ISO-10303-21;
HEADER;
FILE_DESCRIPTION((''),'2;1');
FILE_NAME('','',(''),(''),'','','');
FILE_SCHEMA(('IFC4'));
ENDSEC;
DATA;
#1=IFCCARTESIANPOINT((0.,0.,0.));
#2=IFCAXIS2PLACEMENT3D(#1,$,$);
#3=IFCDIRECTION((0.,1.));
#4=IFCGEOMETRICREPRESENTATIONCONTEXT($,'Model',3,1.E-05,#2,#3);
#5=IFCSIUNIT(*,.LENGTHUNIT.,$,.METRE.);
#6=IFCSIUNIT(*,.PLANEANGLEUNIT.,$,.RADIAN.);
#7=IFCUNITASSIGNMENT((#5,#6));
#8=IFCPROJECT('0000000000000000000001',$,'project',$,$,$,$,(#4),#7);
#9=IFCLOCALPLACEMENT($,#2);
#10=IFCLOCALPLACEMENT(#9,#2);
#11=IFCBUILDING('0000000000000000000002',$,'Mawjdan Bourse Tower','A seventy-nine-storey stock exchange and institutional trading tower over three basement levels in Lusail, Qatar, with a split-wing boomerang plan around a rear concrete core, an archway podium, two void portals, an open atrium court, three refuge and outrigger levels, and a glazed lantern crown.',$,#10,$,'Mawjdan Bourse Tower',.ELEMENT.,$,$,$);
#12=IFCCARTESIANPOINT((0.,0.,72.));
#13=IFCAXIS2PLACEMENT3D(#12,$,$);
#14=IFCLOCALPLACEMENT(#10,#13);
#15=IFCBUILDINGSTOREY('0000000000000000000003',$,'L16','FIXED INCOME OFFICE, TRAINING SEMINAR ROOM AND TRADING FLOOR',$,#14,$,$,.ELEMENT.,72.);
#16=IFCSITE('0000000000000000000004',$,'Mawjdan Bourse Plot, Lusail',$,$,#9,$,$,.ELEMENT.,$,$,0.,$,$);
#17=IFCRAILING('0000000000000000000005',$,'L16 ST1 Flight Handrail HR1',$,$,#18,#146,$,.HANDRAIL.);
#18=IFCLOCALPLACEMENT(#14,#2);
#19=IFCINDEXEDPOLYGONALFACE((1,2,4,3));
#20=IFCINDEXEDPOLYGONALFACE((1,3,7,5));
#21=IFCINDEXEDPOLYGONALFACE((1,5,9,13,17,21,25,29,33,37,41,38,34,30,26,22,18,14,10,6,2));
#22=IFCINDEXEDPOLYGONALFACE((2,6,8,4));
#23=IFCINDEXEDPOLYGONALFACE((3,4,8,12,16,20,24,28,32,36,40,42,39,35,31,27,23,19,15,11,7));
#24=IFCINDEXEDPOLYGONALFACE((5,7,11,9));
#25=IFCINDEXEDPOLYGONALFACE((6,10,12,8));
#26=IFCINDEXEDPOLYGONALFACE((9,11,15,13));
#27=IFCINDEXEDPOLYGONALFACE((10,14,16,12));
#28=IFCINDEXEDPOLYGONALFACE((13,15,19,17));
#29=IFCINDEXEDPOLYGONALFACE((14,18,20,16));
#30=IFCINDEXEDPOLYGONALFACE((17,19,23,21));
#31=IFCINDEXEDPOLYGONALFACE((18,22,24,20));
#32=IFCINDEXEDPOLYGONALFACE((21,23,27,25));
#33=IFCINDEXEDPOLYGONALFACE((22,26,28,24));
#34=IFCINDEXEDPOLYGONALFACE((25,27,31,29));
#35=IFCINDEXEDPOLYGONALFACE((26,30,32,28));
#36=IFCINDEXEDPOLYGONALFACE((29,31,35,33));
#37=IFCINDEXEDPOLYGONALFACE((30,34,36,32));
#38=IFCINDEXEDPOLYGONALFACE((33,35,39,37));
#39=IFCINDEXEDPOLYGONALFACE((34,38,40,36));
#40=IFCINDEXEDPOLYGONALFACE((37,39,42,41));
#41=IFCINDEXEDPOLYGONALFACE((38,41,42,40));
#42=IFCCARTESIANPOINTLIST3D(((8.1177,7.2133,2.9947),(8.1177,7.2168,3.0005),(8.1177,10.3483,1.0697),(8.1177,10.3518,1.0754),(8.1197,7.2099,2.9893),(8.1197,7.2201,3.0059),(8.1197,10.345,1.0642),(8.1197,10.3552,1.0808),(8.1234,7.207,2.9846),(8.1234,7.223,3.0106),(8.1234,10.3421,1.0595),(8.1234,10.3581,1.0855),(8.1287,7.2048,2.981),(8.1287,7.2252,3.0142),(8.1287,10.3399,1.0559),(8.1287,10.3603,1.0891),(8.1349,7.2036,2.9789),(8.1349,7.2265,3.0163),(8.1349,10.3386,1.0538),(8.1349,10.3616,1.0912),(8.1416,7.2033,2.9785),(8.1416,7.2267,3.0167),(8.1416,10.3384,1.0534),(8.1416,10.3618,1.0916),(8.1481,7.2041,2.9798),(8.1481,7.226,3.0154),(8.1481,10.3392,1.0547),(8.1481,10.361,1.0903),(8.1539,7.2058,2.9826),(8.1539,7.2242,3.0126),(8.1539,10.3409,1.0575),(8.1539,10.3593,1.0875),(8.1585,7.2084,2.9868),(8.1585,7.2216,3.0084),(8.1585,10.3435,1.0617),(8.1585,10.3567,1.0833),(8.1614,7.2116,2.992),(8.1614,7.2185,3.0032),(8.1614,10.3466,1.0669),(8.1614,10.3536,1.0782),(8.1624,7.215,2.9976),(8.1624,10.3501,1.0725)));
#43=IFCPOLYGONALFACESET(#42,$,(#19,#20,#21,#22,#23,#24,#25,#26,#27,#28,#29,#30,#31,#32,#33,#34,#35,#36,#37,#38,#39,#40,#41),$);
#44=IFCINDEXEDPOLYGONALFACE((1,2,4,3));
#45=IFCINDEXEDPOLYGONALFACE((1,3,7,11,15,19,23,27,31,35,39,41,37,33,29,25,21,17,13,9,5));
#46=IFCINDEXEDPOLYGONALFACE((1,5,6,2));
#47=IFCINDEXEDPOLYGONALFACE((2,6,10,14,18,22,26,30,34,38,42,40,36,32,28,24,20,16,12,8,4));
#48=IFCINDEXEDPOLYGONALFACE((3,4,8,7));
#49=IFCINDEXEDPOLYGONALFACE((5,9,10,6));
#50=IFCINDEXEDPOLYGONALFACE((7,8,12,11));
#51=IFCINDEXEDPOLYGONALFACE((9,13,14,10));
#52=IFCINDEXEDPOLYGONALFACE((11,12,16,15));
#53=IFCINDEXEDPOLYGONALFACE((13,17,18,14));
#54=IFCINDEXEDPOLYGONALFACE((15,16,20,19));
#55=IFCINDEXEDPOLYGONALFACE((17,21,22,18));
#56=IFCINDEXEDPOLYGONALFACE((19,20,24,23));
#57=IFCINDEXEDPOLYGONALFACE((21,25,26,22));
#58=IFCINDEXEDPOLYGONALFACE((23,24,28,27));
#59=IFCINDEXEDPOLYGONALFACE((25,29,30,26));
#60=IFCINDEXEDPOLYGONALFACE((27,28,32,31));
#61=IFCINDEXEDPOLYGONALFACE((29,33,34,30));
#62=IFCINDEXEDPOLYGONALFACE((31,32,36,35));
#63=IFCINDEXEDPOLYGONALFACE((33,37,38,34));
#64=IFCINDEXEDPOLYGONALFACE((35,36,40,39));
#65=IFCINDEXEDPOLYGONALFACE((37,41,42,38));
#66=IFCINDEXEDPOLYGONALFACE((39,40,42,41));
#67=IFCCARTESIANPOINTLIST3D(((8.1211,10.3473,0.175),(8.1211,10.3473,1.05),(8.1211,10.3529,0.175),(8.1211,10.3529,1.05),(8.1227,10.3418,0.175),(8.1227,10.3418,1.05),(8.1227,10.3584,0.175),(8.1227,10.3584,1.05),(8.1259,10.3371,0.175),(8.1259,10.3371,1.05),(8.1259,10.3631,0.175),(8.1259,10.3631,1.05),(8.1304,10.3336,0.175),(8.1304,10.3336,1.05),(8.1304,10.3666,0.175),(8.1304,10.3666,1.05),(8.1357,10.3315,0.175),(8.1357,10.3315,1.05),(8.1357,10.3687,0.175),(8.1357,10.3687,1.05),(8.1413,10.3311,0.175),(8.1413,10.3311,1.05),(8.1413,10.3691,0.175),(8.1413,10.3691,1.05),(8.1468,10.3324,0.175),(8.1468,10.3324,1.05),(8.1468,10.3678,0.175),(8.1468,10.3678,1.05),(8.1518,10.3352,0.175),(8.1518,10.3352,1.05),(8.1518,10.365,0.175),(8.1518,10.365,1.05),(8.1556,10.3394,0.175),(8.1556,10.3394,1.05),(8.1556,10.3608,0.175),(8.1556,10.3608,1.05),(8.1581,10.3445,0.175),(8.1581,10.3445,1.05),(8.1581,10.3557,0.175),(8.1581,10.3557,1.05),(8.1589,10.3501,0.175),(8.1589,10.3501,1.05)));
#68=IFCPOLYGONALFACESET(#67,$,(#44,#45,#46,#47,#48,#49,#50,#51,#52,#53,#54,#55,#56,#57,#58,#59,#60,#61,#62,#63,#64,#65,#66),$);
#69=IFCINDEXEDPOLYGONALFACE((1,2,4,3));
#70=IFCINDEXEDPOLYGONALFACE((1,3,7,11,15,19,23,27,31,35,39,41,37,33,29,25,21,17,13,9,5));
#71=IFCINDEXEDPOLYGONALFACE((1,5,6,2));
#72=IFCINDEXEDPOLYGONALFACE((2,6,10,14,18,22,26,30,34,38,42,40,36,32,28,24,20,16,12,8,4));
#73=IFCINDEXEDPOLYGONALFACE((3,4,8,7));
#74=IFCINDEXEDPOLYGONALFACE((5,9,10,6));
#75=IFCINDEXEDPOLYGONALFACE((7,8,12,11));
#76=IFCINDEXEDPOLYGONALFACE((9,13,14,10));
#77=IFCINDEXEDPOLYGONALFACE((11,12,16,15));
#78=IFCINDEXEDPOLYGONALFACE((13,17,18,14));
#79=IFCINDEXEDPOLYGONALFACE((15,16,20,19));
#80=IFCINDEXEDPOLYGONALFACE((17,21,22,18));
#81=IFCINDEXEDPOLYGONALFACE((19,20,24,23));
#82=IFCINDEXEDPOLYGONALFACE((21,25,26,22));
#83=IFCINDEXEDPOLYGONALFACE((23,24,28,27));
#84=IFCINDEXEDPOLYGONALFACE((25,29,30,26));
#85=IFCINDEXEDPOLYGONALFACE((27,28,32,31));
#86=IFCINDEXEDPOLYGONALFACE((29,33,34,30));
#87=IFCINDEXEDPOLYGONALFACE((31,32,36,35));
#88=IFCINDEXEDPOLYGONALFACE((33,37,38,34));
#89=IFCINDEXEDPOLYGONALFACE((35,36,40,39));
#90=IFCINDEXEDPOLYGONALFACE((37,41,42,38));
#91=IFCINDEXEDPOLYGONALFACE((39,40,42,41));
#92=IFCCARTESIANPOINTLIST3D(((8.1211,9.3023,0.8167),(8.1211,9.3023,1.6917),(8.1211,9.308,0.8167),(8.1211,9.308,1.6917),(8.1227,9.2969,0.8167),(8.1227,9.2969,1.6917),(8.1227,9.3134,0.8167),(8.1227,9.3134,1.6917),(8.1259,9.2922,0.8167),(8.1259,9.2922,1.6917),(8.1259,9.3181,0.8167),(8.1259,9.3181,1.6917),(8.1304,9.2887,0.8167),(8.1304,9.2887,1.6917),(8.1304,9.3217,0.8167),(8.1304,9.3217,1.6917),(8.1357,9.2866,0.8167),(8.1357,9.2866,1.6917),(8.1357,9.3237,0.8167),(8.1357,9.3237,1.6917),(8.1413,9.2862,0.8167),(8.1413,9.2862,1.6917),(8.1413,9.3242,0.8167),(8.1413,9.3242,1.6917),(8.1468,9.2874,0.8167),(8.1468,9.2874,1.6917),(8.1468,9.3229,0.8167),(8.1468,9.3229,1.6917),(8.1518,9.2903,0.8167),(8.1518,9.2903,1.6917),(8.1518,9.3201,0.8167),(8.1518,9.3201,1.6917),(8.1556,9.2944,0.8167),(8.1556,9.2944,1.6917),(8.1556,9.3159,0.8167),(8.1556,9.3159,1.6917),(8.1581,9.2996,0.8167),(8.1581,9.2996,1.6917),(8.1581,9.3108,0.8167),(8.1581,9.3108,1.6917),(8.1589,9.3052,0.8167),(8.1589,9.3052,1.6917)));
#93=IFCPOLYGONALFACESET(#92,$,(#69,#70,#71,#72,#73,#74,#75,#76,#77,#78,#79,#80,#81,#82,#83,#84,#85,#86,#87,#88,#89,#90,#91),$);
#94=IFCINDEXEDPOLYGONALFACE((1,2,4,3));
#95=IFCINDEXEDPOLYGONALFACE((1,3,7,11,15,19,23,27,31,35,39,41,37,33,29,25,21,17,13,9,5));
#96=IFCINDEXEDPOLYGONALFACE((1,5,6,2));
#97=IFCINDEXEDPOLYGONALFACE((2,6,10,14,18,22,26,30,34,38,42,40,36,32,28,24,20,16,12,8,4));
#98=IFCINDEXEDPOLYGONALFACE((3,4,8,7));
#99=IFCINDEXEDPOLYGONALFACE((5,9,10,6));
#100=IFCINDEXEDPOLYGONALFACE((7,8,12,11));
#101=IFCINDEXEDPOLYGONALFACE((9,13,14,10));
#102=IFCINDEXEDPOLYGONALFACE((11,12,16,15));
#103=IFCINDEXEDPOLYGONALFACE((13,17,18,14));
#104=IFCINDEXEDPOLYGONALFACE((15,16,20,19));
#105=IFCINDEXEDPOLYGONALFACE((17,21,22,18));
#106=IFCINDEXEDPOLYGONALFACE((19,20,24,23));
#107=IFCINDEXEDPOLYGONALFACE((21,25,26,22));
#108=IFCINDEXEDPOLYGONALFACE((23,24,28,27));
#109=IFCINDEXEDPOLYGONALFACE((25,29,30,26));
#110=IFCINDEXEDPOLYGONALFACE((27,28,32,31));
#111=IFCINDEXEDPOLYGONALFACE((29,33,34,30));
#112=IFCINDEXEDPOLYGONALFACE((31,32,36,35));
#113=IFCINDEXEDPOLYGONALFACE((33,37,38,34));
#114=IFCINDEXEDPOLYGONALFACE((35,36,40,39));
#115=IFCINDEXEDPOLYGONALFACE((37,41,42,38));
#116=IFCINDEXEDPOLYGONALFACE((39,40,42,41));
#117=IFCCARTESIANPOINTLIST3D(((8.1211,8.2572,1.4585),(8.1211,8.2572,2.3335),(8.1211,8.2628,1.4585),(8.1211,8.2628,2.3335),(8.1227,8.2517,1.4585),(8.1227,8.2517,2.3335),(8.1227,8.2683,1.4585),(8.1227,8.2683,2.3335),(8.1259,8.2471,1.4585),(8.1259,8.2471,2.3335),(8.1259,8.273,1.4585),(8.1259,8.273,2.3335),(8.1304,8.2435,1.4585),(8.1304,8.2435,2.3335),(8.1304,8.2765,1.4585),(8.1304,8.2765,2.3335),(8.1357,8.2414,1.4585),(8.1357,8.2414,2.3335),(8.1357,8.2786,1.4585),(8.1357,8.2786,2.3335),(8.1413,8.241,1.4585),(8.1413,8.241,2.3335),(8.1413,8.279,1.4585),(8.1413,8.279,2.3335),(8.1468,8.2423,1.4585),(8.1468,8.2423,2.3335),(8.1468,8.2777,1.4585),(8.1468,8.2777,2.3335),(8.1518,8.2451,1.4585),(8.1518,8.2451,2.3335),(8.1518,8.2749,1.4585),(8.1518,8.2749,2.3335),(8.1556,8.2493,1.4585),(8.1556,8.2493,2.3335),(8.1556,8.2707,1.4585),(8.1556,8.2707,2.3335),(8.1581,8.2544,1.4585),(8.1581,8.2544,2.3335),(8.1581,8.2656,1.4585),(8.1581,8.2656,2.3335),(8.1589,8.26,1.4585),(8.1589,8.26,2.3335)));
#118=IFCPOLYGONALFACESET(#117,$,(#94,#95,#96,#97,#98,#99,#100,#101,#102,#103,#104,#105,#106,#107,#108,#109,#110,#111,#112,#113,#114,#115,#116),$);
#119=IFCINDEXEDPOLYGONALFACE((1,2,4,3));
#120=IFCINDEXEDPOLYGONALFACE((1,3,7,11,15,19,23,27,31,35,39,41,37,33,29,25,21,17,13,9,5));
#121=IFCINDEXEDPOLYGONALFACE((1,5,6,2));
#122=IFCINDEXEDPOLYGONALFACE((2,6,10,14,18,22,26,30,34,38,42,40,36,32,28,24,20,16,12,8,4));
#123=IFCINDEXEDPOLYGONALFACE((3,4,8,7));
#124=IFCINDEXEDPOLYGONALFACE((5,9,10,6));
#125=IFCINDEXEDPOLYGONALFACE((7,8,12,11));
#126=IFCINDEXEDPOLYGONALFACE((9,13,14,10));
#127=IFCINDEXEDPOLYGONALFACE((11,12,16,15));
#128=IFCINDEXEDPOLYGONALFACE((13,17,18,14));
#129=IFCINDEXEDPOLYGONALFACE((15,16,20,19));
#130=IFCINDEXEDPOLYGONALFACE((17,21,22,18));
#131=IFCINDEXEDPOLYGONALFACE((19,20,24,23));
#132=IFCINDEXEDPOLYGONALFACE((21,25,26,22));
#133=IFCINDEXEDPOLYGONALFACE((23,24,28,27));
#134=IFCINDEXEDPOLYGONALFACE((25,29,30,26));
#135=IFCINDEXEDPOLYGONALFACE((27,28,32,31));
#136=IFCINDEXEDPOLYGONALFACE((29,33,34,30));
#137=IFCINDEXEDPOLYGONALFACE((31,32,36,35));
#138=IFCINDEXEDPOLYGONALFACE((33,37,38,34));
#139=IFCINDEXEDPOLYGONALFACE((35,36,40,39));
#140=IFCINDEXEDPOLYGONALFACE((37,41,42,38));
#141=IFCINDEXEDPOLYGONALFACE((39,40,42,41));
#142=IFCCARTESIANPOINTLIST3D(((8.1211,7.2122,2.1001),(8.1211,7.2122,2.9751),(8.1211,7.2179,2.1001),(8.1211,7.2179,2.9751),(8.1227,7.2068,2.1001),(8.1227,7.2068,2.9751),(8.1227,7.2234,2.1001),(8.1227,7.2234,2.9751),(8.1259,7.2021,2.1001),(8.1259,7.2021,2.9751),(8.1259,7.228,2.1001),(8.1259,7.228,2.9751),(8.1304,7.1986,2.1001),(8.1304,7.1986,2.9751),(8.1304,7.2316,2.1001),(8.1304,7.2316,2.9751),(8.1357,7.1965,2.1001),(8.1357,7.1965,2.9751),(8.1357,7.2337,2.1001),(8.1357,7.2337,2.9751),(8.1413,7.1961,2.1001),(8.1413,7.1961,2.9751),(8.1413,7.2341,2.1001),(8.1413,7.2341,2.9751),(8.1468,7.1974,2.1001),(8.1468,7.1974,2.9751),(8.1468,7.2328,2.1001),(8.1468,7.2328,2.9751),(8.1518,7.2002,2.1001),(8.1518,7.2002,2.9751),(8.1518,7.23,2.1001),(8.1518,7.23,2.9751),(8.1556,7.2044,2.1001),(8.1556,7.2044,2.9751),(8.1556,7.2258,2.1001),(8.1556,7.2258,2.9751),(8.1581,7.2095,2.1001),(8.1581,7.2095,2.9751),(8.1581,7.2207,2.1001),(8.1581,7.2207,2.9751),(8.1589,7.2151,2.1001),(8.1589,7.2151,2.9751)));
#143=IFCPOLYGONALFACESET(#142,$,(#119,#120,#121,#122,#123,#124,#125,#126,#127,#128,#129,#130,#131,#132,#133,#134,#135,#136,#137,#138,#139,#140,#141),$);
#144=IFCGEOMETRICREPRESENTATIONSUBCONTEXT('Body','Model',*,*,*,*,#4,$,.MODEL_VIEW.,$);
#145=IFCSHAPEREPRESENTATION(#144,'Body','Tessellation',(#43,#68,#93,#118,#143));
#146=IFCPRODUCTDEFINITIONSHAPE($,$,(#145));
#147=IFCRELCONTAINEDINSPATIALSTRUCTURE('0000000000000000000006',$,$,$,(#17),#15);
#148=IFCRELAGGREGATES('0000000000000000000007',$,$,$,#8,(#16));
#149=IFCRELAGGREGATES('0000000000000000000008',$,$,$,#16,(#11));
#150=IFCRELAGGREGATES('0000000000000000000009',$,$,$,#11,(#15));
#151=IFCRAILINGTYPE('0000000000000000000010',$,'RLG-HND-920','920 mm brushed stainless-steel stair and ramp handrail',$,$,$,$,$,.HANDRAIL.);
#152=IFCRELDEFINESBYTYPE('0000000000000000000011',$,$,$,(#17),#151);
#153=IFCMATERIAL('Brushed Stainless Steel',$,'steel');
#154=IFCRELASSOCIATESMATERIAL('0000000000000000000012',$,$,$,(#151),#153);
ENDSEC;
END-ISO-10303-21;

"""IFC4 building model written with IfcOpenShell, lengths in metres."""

from ifc_helpers import new_model, si_unit, direction, frame, origin, origin_2d, place, context, subcontext, project, spatial, circle, extrude, material, type_object, element, save


model = new_model("IFC4")

# Units and contexts
model_context = context("Model", 3, precision=1e-05, world=origin(), true_north=direction((0.0, 1.0)))
body_context = subcontext(model_context, "Body", "Model", "MODEL_VIEW")
ifc_project = project(units=[si_unit("LENGTHUNIT", "METRE"), si_unit("PLANEANGLEUNIT", "RADIAN")], contexts=[model_context])

# Site, building, storey
site_placement = place(None, origin())
site = spatial("IfcSite", under=ifc_project, at=site_placement, Name="Mawjdan Bourse Plot, Lusail", CompositionType="ELEMENT", RefElevation=0.0)
building_placement = place(site_placement, origin())
building = spatial("IfcBuilding", under=site, at=building_placement, Name="Mawjdan Bourse Tower", Description="A seventy-nine-storey stock exchange and institutional trading tower over three basement levels in Lusail, Qatar, with a split-wing boomerang plan around a rear concrete core, an archway podium, two void portals, an open atrium court, three refuge and outrigger levels, and a glazed lantern crown.", LongName="Mawjdan Bourse Tower", CompositionType="ELEMENT")
storey_placement = place(building_placement, frame((0.0, 0.0, 72.0)))
storey = spatial("IfcBuildingStorey", under=building, at=storey_placement, Name="L16", Description="FIXED INCOME OFFICE, TRAINING SEMINAR ROOM AND TRADING FLOOR", CompositionType="ELEMENT", Elevation=72.0)

# Railing
ifc_material_1 = material(Name="Brushed Stainless Steel", Category="steel")
railing_type_1 = type_object("IfcRailingType", Name="RLG-HND-920", Description="920 mm brushed stainless-steel stair and ramp handrail", PredefinedType="HANDRAIL", material=ifc_material_1)
railing_1_placement = place(storey_placement, frame((8.1399, 10.3501, 0.175)))
element("IfcRailing", 1, at=railing_1_placement, inside=storey, type_object=railing_type_1, Name="L16 ST1 Flight Handrail HR1", PredefinedType="HANDRAIL", context=body_context, shape_type="SweptSolid", body=[
    extrude(circle(Radius=0.0225, at=origin_2d()), frame((0.0, 0.0, 0.8975), z_axis=(0.0, -0.852166, 0.523271), x_axis=(1.0, 0.0, 0.0)), (0.0, 0.0, 1.0), 3.679),
    extrude(circle(Radius=0.019, at=origin_2d()), origin(), (0.0, 0.0, 1.0), 0.875),
    extrude(circle(Radius=0.019, at=origin_2d()), frame((0.0, -1.0449, 0.6416)), (0.0, 0.0, 1.0), 0.875),
    extrude(circle(Radius=0.019, at=origin_2d()), frame((0.0, -2.0901, 1.2834)), (0.0, 0.0, 1.0), 0.875),
    extrude(circle(Radius=0.019, at=origin_2d()), frame((0.0, -3.135, 1.925)), (0.0, 0.0, 1.0), 0.875),
])

save(model, "model.ifc")
